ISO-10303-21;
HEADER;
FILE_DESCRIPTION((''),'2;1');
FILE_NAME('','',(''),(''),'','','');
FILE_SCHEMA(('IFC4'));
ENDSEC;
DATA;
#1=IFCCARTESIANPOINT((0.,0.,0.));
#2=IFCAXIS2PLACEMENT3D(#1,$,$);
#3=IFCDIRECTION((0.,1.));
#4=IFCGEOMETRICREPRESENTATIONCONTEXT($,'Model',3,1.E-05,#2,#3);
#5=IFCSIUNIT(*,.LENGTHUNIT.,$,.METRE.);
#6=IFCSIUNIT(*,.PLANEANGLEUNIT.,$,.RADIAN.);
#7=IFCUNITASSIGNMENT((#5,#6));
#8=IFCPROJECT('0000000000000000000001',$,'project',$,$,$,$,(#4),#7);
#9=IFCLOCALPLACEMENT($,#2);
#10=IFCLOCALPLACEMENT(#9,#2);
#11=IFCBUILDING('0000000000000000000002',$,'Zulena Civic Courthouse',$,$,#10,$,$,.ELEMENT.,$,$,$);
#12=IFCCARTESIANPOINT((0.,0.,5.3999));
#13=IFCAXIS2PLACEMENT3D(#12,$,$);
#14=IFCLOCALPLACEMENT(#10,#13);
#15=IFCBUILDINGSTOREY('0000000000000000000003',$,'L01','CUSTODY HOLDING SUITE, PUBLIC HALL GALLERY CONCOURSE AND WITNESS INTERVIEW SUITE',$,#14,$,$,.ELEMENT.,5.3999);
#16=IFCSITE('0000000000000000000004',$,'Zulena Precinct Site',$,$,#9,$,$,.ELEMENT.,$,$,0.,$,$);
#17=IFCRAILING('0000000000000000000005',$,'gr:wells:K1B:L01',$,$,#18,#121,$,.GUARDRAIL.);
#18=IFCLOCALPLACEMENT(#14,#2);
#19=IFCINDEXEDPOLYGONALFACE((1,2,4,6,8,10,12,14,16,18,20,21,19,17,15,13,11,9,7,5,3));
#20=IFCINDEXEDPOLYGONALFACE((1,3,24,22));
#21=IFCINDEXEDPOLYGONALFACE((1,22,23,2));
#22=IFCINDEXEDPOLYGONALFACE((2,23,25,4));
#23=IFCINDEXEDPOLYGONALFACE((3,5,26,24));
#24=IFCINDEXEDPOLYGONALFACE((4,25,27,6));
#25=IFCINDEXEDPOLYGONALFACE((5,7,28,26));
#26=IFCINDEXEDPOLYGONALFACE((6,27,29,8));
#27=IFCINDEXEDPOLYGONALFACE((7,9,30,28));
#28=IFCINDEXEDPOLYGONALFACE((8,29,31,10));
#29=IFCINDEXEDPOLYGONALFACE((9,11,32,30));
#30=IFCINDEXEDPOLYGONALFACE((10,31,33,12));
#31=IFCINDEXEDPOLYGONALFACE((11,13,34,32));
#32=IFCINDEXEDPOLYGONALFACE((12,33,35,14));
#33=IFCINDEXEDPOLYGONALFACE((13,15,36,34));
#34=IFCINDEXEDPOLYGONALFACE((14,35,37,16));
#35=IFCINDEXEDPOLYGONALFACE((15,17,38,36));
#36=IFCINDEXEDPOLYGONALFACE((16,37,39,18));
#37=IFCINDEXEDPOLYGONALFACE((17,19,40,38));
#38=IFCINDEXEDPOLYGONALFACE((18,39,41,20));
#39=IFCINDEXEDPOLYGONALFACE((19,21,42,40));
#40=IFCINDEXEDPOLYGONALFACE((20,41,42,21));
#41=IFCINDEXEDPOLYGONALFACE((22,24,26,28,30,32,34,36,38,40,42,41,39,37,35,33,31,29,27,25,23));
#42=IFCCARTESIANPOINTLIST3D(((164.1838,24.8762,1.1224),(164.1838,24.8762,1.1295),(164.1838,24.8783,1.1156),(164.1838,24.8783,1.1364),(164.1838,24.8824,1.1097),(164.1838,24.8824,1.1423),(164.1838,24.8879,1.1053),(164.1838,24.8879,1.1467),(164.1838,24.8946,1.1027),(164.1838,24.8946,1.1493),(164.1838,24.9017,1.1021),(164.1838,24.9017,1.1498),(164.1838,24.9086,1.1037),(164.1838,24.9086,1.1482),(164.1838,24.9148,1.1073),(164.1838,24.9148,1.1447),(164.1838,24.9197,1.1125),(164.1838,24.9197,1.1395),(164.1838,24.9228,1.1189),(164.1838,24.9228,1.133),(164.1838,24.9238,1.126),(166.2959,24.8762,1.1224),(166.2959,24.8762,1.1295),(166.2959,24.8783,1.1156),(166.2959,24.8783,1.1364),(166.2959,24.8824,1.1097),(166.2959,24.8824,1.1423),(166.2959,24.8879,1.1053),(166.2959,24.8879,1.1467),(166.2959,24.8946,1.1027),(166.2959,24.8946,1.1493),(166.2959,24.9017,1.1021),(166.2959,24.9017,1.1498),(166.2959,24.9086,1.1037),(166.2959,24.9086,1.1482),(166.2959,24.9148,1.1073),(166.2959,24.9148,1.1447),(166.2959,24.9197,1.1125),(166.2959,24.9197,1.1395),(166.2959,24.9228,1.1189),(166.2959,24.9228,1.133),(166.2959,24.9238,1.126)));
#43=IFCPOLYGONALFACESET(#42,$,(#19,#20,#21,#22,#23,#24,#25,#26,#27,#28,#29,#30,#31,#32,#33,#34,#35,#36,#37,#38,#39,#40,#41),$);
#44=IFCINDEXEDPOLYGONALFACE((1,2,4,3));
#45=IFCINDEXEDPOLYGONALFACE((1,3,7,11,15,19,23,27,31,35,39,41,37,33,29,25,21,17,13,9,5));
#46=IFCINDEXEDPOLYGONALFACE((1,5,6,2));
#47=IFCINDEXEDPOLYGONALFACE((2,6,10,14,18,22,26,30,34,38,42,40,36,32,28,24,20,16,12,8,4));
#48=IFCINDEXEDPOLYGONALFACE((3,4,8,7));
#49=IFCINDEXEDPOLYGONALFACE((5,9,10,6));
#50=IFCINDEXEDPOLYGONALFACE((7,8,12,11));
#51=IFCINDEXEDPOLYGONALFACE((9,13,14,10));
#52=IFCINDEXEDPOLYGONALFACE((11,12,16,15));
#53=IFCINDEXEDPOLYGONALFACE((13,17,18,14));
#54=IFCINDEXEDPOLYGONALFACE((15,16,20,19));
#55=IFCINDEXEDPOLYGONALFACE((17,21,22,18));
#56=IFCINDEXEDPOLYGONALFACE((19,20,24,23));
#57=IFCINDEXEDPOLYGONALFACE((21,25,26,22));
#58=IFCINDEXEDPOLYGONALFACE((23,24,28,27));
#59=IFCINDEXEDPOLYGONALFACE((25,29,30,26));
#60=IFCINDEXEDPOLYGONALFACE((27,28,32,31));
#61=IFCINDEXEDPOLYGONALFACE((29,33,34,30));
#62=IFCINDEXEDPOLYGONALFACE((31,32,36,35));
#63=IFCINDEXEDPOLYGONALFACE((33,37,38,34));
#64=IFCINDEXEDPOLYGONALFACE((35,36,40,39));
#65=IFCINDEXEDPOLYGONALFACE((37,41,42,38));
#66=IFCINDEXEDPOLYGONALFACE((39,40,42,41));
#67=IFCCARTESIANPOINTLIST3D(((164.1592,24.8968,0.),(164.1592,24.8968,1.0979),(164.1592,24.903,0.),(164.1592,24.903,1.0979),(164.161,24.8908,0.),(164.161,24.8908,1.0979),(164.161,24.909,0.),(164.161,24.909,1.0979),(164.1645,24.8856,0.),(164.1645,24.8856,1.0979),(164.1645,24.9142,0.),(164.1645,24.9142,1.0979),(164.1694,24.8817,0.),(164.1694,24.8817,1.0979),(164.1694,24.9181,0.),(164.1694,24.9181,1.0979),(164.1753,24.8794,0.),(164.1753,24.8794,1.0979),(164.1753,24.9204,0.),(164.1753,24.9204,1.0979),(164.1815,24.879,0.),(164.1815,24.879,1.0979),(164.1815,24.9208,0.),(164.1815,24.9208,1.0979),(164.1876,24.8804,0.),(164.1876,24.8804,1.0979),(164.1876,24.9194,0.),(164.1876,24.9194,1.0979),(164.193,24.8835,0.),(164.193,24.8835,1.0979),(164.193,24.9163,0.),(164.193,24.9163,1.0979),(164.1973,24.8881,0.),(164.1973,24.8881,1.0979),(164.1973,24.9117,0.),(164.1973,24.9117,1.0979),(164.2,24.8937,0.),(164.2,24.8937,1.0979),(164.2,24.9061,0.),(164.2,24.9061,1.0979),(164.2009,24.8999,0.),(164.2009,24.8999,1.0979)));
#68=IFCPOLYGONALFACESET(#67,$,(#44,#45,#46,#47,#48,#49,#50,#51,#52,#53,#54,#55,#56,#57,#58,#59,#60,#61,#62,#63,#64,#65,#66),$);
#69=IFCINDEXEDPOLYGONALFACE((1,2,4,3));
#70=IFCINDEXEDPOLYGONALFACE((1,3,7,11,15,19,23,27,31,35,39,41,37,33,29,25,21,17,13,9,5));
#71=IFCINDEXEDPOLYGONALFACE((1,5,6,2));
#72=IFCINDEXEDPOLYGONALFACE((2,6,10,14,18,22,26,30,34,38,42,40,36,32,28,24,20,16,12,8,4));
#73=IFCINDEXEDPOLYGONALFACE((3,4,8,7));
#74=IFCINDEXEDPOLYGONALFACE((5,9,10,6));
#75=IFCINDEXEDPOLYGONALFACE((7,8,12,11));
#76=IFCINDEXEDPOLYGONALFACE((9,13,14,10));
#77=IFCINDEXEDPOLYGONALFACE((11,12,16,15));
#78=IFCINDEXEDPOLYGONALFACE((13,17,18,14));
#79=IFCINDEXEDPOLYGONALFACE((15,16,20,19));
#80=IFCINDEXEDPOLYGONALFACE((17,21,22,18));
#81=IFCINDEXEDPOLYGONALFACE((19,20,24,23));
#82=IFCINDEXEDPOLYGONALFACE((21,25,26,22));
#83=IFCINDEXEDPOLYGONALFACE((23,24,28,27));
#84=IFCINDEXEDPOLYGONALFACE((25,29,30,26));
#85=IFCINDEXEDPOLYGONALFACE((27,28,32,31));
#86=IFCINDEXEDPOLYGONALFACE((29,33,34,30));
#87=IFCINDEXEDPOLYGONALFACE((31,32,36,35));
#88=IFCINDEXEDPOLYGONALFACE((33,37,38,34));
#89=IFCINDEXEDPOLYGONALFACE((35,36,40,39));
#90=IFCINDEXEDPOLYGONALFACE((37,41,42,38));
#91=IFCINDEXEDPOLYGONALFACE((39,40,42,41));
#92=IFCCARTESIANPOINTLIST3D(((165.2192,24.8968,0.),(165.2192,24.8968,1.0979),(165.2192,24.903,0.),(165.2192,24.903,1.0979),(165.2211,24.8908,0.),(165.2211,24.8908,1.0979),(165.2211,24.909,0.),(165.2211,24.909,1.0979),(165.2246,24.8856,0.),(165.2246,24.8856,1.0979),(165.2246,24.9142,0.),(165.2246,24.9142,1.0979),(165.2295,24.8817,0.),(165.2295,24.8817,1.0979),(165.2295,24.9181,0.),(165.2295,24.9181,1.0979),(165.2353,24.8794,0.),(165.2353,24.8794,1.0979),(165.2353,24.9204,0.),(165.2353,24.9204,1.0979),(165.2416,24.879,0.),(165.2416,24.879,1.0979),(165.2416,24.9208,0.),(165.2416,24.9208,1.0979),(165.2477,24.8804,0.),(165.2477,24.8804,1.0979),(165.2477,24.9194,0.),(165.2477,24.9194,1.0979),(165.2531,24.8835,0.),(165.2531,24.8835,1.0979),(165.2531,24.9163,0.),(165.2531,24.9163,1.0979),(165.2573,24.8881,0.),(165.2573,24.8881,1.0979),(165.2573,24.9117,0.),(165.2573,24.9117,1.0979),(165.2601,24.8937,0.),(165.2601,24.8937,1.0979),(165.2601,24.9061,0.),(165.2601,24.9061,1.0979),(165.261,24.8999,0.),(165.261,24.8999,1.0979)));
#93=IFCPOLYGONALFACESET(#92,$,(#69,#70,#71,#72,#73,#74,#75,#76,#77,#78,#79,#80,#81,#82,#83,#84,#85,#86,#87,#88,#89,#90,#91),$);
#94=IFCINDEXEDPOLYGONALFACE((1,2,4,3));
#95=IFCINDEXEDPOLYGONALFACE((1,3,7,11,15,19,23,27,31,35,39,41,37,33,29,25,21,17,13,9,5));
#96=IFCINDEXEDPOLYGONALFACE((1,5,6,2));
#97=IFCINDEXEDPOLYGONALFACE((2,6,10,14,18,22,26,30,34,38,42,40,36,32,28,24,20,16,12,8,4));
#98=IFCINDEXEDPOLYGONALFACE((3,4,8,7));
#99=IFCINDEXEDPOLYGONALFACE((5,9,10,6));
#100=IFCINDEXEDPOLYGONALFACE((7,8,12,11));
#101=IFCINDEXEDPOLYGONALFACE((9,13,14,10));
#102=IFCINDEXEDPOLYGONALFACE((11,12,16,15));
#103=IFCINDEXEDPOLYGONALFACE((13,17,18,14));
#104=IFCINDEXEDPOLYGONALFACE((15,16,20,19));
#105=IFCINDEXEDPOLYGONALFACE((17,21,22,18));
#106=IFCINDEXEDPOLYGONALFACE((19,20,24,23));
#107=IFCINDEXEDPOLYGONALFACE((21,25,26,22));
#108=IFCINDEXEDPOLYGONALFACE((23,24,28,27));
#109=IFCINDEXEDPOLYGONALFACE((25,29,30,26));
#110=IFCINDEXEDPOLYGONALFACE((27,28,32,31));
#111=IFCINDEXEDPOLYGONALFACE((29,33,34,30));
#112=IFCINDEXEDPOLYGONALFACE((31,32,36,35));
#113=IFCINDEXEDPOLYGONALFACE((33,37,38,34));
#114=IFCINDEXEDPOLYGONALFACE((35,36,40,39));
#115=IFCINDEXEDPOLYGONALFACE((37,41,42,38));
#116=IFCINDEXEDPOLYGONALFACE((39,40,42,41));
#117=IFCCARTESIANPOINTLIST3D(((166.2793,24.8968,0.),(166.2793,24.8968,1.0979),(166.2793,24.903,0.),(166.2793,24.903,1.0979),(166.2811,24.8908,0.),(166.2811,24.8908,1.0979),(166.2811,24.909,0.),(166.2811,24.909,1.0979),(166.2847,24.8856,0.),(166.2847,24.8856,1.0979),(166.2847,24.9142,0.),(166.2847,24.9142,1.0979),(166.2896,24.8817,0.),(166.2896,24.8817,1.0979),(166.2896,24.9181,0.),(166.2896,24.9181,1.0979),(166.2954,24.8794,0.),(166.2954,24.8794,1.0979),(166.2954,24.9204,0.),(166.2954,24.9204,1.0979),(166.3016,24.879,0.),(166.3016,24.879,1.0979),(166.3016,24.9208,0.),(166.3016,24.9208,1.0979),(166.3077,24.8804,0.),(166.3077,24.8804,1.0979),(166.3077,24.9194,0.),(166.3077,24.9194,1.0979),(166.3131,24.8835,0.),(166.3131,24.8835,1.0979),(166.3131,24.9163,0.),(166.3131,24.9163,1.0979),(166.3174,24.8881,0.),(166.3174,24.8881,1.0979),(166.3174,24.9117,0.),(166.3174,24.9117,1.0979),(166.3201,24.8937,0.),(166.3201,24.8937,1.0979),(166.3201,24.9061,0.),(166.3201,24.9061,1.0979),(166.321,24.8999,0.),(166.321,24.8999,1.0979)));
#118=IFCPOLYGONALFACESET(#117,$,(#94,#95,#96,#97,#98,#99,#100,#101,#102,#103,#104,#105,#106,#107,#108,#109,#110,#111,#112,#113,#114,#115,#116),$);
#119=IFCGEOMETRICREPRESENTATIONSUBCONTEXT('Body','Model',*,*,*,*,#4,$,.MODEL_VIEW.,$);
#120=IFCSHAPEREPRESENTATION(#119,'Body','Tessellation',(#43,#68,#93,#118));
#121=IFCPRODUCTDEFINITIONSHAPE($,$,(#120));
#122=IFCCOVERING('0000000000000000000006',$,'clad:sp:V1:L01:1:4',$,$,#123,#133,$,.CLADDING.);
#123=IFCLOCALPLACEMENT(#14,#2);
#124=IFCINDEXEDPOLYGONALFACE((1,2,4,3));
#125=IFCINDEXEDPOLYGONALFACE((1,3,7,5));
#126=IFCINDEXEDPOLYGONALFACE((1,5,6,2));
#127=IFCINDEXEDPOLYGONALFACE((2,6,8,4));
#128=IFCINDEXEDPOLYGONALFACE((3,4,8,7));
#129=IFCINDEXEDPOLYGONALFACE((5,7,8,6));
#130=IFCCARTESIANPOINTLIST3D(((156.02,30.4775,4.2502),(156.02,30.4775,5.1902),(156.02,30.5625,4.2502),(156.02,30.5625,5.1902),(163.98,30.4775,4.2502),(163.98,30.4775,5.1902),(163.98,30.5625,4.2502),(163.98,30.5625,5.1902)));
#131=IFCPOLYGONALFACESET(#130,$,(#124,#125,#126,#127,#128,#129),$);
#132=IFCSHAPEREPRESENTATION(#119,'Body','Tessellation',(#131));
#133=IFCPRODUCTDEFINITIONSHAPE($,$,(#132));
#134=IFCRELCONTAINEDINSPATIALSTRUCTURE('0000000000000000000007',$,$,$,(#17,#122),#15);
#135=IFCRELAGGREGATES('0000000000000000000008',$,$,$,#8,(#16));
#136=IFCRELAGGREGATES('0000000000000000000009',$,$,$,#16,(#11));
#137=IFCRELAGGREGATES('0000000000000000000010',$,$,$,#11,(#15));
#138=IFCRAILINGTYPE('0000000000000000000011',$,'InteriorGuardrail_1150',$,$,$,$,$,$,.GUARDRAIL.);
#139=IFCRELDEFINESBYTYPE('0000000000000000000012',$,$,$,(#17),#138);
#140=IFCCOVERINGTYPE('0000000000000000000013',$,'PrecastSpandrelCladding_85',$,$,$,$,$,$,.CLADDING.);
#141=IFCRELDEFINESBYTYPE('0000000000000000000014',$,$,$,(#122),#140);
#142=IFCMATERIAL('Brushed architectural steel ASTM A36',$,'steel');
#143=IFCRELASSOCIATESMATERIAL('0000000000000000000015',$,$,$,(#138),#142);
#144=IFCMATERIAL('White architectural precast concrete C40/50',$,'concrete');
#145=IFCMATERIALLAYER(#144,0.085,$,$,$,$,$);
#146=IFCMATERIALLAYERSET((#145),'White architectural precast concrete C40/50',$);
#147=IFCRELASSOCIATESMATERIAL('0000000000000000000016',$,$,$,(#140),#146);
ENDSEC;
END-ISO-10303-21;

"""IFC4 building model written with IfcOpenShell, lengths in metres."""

from ifc_helpers import new_model, si_unit, direction, frame, origin, origin_2d, place, context, subcontext, project, spatial, rectangle, circle, extrude, material, layer, layer_set, type_object, element, save


model = new_model("IFC4")

# Units and contexts
model_context = context("Model", 3, precision=1e-05, world=origin(), true_north=direction((0.0, 1.0)))
body_context = subcontext(model_context, "Body", "Model", "MODEL_VIEW")
ifc_project = project(units=[si_unit("LENGTHUNIT", "METRE"), si_unit("PLANEANGLEUNIT", "RADIAN")], contexts=[model_context])

# Site, building, storey
site_placement = place(None, origin())
site = spatial("IfcSite", under=ifc_project, at=site_placement, Name="Zulena Precinct Site", CompositionType="ELEMENT", RefElevation=0.0)
building_placement = place(site_placement, origin())
building = spatial("IfcBuilding", under=site, at=building_placement, Name="Zulena Civic Courthouse", CompositionType="ELEMENT")
storey_placement = place(building_placement, frame((0.0, 0.0, 5.3999)))
storey = spatial("IfcBuildingStorey", under=building, at=storey_placement, Name="L01", Description="CUSTODY HOLDING SUITE, PUBLIC HALL GALLERY CONCOURSE AND WITNESS INTERVIEW SUITE", CompositionType="ELEMENT", Elevation=5.3999)

# Railing
ifc_material_1 = material(Name="Brushed architectural steel ASTM A36", Category="steel")
railing_type_1 = type_object("IfcRailingType", Name="InteriorGuardrail_1150", PredefinedType="GUARDRAIL", material=ifc_material_1)
railing_1_placement = place(storey_placement, frame((164.1799, 24.8999, 0.0)))
element("IfcRailing", 1, at=railing_1_placement, inside=storey, type_object=railing_type_1, Name="gr:wells:K1B:L01", PredefinedType="GUARDRAIL", context=body_context, shape_type="SweptSolid", body=[
    extrude(circle(Radius=0.0239, at=origin_2d()), frame((0.0039, 0.0, 1.126), z_axis=(1.0, 0.0, 0.0), x_axis=(0.0, 1.0, 0.0)), (0.0, 0.0, 1.0), 2.1121),
    extrude(circle(Radius=0.021, at=origin_2d()), origin(), (0.0, 0.0, 1.0), 1.0979),
    extrude(circle(Radius=0.021, at=origin_2d()), frame((1.0601, 0.0, 0.0)), (0.0, 0.0, 1.0), 1.0979),
    extrude(circle(Radius=0.021, at=origin_2d()), frame((2.1201, 0.0, 0.0)), (0.0, 0.0, 1.0), 1.0979),
])

# Covering
ifc_material_2 = material(Name="White architectural precast concrete C40/50", Category="concrete")
ifc_layer_1 = layer(ifc_material_2, 0.085)
ifc_layer_set_1 = layer_set([ifc_layer_1], Name="White architectural precast concrete C40/50")
covering_type = type_object("IfcCoveringType", Name="PrecastSpandrelCladding_85", PredefinedType="CLADDING", material=ifc_layer_set_1)
covering_placement = place(storey_placement, frame((160.0, 30.52, 4.2502), z_axis=(0.0, 0.0, 1.0), x_axis=(1.0, 0.0, 0.0)))
element("IfcCovering", 2, at=covering_placement, inside=storey, type_object=covering_type, Name="clad:sp:V1:L01:1:4", PredefinedType="CLADDING", context=body_context, shape_type="SweptSolid", body=[
    extrude(rectangle(XDim=7.96, YDim=0.085, at=origin_2d()), origin(), (0.0, 0.0, 1.0), 0.9399),
])

save(model, "model.ifc")
